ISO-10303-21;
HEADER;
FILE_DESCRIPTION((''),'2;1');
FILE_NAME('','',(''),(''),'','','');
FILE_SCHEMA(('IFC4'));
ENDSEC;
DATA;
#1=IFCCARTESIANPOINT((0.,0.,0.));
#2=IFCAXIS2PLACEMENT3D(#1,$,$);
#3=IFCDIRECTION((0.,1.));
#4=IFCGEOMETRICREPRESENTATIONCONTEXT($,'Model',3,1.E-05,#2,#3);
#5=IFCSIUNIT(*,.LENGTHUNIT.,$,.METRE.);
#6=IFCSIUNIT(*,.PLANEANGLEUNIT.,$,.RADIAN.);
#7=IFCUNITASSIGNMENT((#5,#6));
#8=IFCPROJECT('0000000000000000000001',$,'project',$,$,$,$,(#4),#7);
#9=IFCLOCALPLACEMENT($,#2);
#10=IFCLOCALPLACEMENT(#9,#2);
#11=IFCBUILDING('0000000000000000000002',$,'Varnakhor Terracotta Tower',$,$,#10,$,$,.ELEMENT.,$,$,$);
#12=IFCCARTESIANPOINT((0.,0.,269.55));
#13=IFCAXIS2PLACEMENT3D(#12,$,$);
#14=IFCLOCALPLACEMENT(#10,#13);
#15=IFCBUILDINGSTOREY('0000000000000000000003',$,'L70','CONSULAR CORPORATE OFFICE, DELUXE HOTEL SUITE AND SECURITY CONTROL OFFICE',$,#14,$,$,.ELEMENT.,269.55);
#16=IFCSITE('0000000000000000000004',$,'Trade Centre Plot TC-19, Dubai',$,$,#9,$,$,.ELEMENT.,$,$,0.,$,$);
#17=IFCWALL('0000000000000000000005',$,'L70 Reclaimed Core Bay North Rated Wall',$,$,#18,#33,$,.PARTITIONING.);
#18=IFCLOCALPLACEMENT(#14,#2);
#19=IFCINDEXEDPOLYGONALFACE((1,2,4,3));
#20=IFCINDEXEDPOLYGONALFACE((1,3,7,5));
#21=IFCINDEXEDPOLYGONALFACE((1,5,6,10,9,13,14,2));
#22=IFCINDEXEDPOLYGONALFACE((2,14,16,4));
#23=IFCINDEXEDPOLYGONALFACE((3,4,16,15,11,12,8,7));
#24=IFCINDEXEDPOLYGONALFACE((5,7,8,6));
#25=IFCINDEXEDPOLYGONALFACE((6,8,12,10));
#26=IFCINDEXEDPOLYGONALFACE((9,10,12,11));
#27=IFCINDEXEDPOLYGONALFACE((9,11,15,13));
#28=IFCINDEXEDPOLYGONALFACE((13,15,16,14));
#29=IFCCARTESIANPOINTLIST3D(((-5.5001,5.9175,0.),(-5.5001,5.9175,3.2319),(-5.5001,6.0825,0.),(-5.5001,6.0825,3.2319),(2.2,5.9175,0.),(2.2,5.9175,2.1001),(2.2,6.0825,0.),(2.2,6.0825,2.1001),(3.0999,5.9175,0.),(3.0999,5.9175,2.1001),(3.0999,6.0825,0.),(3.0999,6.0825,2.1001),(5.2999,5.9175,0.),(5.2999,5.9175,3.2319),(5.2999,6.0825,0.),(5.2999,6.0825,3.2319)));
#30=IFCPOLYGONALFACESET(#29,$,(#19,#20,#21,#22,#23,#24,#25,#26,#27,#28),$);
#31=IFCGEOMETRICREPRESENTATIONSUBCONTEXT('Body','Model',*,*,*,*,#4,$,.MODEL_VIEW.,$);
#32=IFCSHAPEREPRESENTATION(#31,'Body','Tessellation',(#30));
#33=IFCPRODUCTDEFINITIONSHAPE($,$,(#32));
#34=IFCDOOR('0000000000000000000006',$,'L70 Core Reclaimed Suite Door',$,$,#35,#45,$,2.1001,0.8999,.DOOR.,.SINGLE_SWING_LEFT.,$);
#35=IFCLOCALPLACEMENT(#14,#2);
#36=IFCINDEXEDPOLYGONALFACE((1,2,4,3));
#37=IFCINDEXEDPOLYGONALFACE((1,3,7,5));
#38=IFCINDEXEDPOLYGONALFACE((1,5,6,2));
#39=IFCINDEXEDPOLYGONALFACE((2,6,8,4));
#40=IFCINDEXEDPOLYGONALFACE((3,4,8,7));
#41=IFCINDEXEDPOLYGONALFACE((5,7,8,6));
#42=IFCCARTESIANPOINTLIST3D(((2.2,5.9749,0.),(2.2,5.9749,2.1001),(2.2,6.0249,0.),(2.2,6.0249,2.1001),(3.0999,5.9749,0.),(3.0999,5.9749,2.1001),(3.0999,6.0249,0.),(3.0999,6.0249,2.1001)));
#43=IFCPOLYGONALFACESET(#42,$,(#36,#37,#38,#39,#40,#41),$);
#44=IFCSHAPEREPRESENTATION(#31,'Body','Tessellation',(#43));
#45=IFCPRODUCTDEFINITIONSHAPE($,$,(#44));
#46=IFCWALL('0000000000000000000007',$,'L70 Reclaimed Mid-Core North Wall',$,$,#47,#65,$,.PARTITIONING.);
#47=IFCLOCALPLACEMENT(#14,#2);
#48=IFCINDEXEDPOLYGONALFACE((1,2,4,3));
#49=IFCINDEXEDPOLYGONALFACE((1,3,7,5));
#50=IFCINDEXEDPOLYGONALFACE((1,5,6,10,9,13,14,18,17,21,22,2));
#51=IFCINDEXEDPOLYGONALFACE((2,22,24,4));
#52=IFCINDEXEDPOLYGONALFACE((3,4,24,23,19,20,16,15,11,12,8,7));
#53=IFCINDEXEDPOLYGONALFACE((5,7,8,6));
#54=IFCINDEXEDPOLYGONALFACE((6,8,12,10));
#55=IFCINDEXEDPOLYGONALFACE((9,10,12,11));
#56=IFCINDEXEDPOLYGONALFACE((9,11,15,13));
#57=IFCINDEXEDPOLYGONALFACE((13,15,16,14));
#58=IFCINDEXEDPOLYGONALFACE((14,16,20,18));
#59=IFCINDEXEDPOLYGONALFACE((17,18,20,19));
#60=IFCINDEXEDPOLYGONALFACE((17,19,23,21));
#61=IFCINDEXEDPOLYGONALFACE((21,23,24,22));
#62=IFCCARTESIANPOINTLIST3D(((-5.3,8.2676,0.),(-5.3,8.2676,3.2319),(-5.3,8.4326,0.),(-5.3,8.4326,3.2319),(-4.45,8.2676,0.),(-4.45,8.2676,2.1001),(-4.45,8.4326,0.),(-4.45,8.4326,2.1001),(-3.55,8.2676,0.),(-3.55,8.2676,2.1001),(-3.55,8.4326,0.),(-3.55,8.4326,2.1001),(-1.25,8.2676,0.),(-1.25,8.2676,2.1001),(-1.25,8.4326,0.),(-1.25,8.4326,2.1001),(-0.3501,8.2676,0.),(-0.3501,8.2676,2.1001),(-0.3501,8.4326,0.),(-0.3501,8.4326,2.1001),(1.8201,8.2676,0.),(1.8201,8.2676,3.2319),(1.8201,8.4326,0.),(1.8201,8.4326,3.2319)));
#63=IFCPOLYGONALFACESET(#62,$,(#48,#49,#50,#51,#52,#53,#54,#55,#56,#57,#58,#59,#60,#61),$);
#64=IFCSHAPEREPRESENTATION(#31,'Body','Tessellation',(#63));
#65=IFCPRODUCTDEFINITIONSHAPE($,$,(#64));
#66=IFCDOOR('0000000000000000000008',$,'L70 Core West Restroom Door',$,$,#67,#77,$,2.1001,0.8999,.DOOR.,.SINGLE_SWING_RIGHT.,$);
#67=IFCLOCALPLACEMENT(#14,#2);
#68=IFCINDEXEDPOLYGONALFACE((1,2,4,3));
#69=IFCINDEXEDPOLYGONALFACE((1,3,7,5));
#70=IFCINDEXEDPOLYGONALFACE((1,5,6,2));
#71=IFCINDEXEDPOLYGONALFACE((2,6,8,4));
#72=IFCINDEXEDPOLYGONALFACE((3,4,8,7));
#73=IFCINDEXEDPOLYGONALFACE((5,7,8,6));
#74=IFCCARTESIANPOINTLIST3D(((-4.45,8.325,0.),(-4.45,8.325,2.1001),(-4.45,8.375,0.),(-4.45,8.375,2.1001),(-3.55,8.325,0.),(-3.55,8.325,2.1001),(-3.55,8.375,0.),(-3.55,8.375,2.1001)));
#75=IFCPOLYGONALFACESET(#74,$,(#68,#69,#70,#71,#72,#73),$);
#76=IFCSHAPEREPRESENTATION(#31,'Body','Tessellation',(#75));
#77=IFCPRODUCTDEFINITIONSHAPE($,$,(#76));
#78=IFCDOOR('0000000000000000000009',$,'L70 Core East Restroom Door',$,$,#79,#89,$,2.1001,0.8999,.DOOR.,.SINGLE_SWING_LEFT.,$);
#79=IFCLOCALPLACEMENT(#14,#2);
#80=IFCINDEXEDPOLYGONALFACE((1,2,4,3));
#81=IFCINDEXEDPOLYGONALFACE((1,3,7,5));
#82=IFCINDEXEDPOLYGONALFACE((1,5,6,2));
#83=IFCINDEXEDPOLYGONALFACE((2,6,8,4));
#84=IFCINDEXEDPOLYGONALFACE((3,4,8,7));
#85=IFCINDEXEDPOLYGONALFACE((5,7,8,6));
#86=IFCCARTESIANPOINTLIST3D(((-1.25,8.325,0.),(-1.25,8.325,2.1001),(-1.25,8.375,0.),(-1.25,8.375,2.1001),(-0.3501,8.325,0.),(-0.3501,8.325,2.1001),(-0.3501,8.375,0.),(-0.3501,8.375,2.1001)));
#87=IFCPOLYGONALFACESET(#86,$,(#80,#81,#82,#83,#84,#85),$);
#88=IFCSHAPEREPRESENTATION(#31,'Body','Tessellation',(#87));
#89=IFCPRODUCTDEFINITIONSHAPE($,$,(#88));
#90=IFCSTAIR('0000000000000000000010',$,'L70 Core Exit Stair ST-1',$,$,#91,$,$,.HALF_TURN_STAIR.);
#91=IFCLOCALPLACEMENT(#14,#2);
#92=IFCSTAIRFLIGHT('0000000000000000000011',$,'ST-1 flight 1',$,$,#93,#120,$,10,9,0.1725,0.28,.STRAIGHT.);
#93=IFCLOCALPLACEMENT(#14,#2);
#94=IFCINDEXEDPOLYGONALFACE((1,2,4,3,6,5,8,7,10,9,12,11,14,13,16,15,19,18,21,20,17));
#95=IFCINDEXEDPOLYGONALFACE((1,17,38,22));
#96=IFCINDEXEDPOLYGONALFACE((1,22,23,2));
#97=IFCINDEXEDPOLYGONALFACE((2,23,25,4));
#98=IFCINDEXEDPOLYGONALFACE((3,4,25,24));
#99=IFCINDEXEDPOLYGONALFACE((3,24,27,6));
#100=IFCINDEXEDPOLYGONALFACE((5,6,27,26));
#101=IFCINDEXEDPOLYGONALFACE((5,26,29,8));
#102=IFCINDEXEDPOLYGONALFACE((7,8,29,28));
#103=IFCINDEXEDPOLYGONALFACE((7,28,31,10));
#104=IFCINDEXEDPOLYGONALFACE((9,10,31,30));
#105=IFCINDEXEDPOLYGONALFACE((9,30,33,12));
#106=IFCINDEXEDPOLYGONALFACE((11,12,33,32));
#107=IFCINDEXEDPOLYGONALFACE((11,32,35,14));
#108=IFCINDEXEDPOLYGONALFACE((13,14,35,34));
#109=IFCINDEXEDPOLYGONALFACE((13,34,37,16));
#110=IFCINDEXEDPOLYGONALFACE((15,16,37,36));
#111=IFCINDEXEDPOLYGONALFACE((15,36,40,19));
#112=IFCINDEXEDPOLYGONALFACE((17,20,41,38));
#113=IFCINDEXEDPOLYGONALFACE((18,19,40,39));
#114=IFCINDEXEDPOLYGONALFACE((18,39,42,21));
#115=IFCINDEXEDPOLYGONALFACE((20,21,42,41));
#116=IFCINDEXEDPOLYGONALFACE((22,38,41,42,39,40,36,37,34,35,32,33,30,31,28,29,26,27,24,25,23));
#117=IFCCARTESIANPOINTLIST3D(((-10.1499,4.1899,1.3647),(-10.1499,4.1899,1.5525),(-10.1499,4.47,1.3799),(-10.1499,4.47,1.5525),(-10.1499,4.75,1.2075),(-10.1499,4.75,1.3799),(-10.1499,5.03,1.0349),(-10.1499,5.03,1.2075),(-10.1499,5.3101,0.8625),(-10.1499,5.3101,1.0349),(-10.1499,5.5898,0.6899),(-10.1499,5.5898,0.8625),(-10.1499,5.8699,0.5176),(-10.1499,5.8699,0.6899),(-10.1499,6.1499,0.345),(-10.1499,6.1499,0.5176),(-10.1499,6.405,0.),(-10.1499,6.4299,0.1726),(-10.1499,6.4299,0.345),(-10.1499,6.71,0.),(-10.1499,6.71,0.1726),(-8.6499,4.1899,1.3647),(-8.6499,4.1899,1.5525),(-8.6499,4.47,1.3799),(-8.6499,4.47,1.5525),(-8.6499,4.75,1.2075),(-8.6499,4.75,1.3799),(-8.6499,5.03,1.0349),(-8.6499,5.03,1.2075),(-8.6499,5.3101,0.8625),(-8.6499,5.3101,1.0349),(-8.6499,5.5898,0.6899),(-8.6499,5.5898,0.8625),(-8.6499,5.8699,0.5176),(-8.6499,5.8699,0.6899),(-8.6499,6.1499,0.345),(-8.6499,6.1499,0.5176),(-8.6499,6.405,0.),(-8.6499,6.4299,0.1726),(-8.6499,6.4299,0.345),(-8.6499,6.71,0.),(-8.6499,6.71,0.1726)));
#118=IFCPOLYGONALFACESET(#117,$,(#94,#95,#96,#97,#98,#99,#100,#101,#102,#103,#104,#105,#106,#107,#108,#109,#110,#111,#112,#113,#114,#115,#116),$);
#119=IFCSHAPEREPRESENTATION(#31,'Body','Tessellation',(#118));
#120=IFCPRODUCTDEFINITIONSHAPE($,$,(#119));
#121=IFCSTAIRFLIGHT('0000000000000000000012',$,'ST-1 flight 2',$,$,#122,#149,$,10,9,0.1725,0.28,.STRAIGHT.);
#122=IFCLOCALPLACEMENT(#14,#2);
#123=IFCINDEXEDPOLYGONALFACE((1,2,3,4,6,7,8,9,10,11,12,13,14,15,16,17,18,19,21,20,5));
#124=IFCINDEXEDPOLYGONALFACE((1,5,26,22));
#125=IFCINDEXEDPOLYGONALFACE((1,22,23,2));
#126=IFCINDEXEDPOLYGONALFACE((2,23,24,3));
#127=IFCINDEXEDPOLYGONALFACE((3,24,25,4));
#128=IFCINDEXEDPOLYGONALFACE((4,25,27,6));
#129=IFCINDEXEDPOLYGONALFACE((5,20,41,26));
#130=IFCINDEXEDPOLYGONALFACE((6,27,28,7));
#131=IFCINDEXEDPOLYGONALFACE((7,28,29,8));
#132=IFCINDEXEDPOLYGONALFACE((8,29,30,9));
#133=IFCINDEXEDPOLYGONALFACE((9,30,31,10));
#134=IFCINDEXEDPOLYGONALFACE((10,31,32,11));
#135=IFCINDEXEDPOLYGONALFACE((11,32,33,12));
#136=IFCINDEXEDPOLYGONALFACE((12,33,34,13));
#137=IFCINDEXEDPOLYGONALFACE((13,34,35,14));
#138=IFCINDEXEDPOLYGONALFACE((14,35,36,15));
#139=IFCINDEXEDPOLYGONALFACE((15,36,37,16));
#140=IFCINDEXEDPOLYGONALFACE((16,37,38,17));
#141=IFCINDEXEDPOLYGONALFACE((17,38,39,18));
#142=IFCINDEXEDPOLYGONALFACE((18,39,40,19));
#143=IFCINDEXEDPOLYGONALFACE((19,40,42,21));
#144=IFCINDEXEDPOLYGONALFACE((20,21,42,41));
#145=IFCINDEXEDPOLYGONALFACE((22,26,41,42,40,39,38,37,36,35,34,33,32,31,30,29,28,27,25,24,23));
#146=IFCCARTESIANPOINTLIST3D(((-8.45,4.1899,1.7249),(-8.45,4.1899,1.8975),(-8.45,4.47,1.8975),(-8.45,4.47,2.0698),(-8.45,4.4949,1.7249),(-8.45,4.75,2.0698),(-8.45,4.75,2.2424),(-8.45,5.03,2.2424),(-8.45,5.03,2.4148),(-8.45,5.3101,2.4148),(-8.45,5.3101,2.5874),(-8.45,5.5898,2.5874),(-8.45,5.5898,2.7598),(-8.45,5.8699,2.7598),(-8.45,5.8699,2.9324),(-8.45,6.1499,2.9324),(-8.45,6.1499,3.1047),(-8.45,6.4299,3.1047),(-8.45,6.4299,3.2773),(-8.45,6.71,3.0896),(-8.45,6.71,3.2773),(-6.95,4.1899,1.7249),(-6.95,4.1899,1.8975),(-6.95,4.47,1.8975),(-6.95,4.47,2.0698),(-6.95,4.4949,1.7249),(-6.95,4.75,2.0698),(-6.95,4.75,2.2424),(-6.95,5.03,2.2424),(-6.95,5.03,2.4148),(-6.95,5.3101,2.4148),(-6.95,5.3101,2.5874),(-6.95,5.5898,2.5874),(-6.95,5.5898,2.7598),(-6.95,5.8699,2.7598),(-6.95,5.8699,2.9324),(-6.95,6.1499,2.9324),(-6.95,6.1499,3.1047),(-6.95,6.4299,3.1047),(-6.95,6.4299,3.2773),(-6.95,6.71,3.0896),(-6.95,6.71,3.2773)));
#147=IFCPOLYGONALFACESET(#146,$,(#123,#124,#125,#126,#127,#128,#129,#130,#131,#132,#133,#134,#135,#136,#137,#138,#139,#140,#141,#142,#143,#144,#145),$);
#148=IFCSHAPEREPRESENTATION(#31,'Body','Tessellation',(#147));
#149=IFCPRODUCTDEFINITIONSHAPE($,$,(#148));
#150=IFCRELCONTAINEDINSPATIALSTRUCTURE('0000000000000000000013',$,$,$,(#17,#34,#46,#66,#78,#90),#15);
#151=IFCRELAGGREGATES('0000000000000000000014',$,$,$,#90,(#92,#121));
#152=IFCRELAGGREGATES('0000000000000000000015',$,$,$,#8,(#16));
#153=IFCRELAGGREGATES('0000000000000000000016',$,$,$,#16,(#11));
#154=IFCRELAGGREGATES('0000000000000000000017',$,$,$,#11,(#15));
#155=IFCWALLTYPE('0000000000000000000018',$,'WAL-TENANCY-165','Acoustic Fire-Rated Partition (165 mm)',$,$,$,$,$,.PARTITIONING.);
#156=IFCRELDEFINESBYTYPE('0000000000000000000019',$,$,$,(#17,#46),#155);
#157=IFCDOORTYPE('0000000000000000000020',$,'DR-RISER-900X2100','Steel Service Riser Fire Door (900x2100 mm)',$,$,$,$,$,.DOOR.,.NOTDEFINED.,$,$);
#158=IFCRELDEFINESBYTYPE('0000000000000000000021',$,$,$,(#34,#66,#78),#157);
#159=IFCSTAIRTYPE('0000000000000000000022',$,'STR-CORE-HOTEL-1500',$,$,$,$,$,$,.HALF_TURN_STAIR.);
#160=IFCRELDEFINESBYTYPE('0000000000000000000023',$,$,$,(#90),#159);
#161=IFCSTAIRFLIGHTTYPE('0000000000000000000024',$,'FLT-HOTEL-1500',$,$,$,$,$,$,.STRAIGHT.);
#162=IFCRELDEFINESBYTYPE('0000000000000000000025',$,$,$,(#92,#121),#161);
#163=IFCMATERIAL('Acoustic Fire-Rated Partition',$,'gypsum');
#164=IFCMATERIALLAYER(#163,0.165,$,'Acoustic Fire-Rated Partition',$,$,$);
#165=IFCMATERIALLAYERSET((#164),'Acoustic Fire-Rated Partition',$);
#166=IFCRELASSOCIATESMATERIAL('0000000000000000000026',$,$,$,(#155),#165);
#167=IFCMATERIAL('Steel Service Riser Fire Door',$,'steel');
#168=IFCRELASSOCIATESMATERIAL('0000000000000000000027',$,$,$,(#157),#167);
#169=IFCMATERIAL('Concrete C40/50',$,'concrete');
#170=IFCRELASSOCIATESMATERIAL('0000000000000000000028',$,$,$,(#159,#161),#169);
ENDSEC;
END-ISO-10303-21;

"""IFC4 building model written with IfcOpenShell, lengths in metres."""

from ifc_helpers import new_model, si_unit, direction, frame, frame_2d, origin, place, context, subcontext, project, spatial, polyline, rectangle, outline, extrude, source, transform, mapped, material, layer, layer_set, type_object, type_shapes, element, fill, aggregate, save


model = new_model("IFC4")

# Units and contexts
model_context = context("Model", 3, precision=1e-05, world=origin(), true_north=direction((0.0, 1.0)))
body_context = subcontext(model_context, "Body", "Model", "MODEL_VIEW")
ifc_project = project(units=[si_unit("LENGTHUNIT", "METRE"), si_unit("PLANEANGLEUNIT", "RADIAN")], contexts=[model_context])

# Site, building, storey
site_placement = place(None, origin())
site = spatial("IfcSite", under=ifc_project, at=site_placement, Name="Trade Centre Plot TC-19, Dubai", CompositionType="ELEMENT", RefElevation=0.0)
building_placement = place(site_placement, origin())
building = spatial("IfcBuilding", under=site, at=building_placement, Name="Varnakhor Terracotta Tower", CompositionType="ELEMENT")
storey_placement = place(building_placement, frame((0.0, 0.0, 269.55)))
storey = spatial("IfcBuildingStorey", under=building, at=storey_placement, Name="L70", Description="CONSULAR CORPORATE OFFICE, DELUXE HOTEL SUITE AND SECURITY CONTROL OFFICE", CompositionType="ELEMENT", Elevation=269.55)

# Shared definitions
ifc_material_1 = material(Name="Concrete C40/50", Category="concrete")

# Wall, opening, door
ifc_material_2 = material(Name="Acoustic Fire-Rated Partition", Category="gypsum")
ifc_layer_1 = layer(ifc_material_2, 0.165, Name="Acoustic Fire-Rated Partition")
ifc_layer_set_1 = layer_set([ifc_layer_1], Name="Acoustic Fire-Rated Partition")
wall_type_1 = type_object("IfcWallType", Name="WAL-TENANCY-165", Description="Acoustic Fire-Rated Partition (165 mm)", PredefinedType="PARTITIONING", material=ifc_layer_set_1)
wall_1_placement = place(storey_placement, frame((-5.5, 6.0, 0.0), z_axis=(0.0, 0.0, 1.0), x_axis=(1.0, 0.0, 0.0)))
wall_1 = element("IfcWall", 1, at=wall_1_placement, inside=storey, type_object=wall_type_1, Name="L70 Reclaimed Core Bay North Rated Wall", PredefinedType="PARTITIONING", context=body_context, shape_type="SweptSolid", body=[
    extrude(rectangle(XDim=10.8, YDim=0.165, at=frame_2d((5.3999, 0.0))), origin(), (0.0, 0.0, 1.0), 3.2319),
])
opening_1_placement = place(wall_1_placement, frame((7.7, 0.0, 0.0)))
opening_1 = element("IfcOpeningElement", 2, at=opening_1_placement, cuts=wall_1, PredefinedType="OPENING", context=body_context, shape_type="SweptSolid", body=[
    extrude(rectangle(XDim=0.8999, YDim=2.1001, at=frame_2d((0.45, 1.05))), frame((0.0, 0.0925, 0.0), z_axis=(0.0, -1.0, 0.0), x_axis=(1.0, 0.0, 0.0)), (0.0, 0.0, 1.0), 0.1851),
])
ifc_material_3 = material(Name="Steel Service Riser Fire Door", Category="steel")
door_type_1 = type_object("IfcDoorType", Name="DR-RISER-900X2100", Description="Steel Service Riser Fire Door (900x2100 mm)", OperationType="NOTDEFINED", PredefinedType="DOOR", material=ifc_material_3)
shared_shape_1 = source(origin(), body_context, "Body", "SweptSolid", [
    extrude(rectangle(XDim=0.8999, YDim=2.1001, at=frame_2d((0.45, 1.05))), frame((0.0, 0.0249, 0.0), z_axis=(0.0, -1.0, 0.0), x_axis=(1.0, 0.0, 0.0)), (0.0, 0.0, 1.0), 0.05),
])
type_shapes(door_type_1, [shared_shape_1])
door_1_placement = place(opening_1_placement, origin())
door_1 = element("IfcDoor", 3, at=door_1_placement, inside=storey, type_object=door_type_1, Name="L70 Core Reclaimed Suite Door", OperationType="SINGLE_SWING_LEFT", OverallHeight=2.1001, OverallWidth=0.8999, PredefinedType="DOOR", context=body_context, shape_type="MappedRepresentation", body=[
    mapped(shared_shape_1, transform((0.0, 0.0, 0.0), scale=1.0)),
])
fill(opening_1, door_1)

# Wall, openings, doors
wall_2_placement = place(storey_placement, frame((-5.3, 8.3501, 0.0), z_axis=(0.0, 0.0, 1.0), x_axis=(1.0, 0.0, 0.0)))
wall_2 = element("IfcWall", 4, at=wall_2_placement, inside=storey, type_object=wall_type_1, Name="L70 Reclaimed Mid-Core North Wall", PredefinedType="PARTITIONING", context=body_context, shape_type="SweptSolid", body=[
    extrude(rectangle(XDim=7.1201, YDim=0.165, at=frame_2d((3.5601, 0.0))), origin(), (0.0, 0.0, 1.0), 3.2319),
])
opening_2_placement = place(wall_2_placement, frame((0.8501, 0.0, 0.0)))
opening_2 = element("IfcOpeningElement", 5, at=opening_2_placement, cuts=wall_2, PredefinedType="OPENING", context=body_context, shape_type="SweptSolid", body=[
    extrude(rectangle(XDim=0.8999, YDim=2.1001, at=frame_2d((0.45, 1.05))), frame((0.0, 0.0925, 0.0), z_axis=(0.0, -1.0, 0.0), x_axis=(1.0, 0.0, 0.0)), (0.0, 0.0, 1.0), 0.1851),
])
opening_3_placement = place(wall_2_placement, frame((4.05, 0.0, 0.0)))
opening_3 = element("IfcOpeningElement", 6, at=opening_3_placement, cuts=wall_2, PredefinedType="OPENING", context=body_context, shape_type="SweptSolid", body=[
    extrude(rectangle(XDim=0.8999, YDim=2.1001, at=frame_2d((0.45, 1.05))), frame((0.0, 0.0925, 0.0), z_axis=(0.0, -1.0, 0.0), x_axis=(1.0, 0.0, 0.0)), (0.0, 0.0, 1.0), 0.1851),
])
door_2_placement = place(opening_2_placement, origin())
door_2 = element("IfcDoor", 7, at=door_2_placement, inside=storey, type_object=door_type_1, Name="L70 Core West Restroom Door", OperationType="SINGLE_SWING_RIGHT", OverallHeight=2.1001, OverallWidth=0.8999, PredefinedType="DOOR", context=body_context, shape_type="MappedRepresentation", body=[
    mapped(shared_shape_1, transform((0.0, 0.0, 0.0), scale=1.0)),
])
fill(opening_2, door_2)
door_3_placement = place(opening_3_placement, origin())
door_3 = element("IfcDoor", 8, at=door_3_placement, inside=storey, type_object=door_type_1, Name="L70 Core East Restroom Door", OperationType="SINGLE_SWING_LEFT", OverallHeight=2.1001, OverallWidth=0.8999, PredefinedType="DOOR", context=body_context, shape_type="MappedRepresentation", body=[
    mapped(shared_shape_1, transform((0.0, 0.0, 0.0), scale=1.0)),
])
fill(opening_3, door_3)

# Stair, stair flights
stair_type = type_object("IfcStairType", Name="STR-CORE-HOTEL-1500", PredefinedType="HALF_TURN_STAIR", material=ifc_material_1)
stair_placement = place(storey_placement, origin())
stair = element("IfcStair", 9, at=stair_placement, inside=storey, type_object=stair_type, Name="L70 Core Exit Stair ST-1", PredefinedType="HALF_TURN_STAIR")
stair_flight_type = type_object("IfcStairFlightType", Name="FLT-HOTEL-1500", PredefinedType="STRAIGHT", material=ifc_material_1)
stair_flight_1_placement = place(storey_placement, frame((-9.3999, 6.71, 0.0), z_axis=(0.0, 0.0, 1.0), x_axis=(0.0, -1.0, 0.0)))
stair_flight_1 = element("IfcStairFlight", 10, at=stair_flight_1_placement, type_object=stair_flight_type, Name="ST-1 flight 1", NumberOfRisers=10, NumberOfTreads=9, PredefinedType="STRAIGHT", RiserHeight=0.1725, TreadLength=0.28, context=body_context, shape_type="SweptSolid", body=[
    extrude(outline(polyline([(0.0, 0.0), (0.0, 0.1726), (0.28, 0.1726), (0.28, 0.345), (0.5601, 0.345), (0.5601, 0.5176), (0.8401, 0.5176), (0.8401, 0.6899), (1.1201, 0.6899), (1.1201, 0.8625), (1.3999, 0.8625), (1.3999, 1.0349), (1.6799, 1.0349), (1.6799, 1.2075), (1.96, 1.2075), (1.96, 1.3799), (2.24, 1.3799), (2.24, 1.5525), (2.52, 1.5525), (2.52, 1.7251), (2.52, 1.3647), (0.3049, 0.0), (0.0, 0.0)])), frame((0.0, 0.75, 0.0), z_axis=(0.0, -1.0, 0.0), x_axis=(1.0, 0.0, 0.0)), (0.0, 0.0, 1.0), 1.5),
])
stair_flight_2_placement = place(storey_placement, frame((-7.7, 4.1899, 1.7249), z_axis=(0.0, 0.0, 1.0), x_axis=(0.0, 1.0, 0.0)))
stair_flight_2 = element("IfcStairFlight", 11, at=stair_flight_2_placement, type_object=stair_flight_type, Name="ST-1 flight 2", NumberOfRisers=10, NumberOfTreads=9, PredefinedType="STRAIGHT", RiserHeight=0.1725, TreadLength=0.28, context=body_context, shape_type="SweptSolid", body=[
    extrude(outline(polyline([(0.0, 0.0), (0.0, 0.1726), (0.28, 0.1726), (0.28, 0.345), (0.5601, 0.345), (0.5601, 0.5176), (0.8401, 0.5176), (0.8401, 0.6899), (1.1201, 0.6899), (1.1201, 0.8625), (1.3999, 0.8625), (1.3999, 1.0349), (1.6799, 1.0349), (1.6799, 1.2075), (1.96, 1.2075), (1.96, 1.3799), (2.24, 1.3799), (2.24, 1.5525), (2.52, 1.5525), (2.52, 1.7251), (2.52, 1.3647), (0.3049, 0.0), (0.0, 0.0)])), frame((0.0, 0.75, 0.0), z_axis=(0.0, -1.0, 0.0), x_axis=(1.0, 0.0, 0.0)), (0.0, 0.0, 1.0), 1.5),
])
aggregate(stair, [stair_flight_1, stair_flight_2])

save(model, "model.ifc")
